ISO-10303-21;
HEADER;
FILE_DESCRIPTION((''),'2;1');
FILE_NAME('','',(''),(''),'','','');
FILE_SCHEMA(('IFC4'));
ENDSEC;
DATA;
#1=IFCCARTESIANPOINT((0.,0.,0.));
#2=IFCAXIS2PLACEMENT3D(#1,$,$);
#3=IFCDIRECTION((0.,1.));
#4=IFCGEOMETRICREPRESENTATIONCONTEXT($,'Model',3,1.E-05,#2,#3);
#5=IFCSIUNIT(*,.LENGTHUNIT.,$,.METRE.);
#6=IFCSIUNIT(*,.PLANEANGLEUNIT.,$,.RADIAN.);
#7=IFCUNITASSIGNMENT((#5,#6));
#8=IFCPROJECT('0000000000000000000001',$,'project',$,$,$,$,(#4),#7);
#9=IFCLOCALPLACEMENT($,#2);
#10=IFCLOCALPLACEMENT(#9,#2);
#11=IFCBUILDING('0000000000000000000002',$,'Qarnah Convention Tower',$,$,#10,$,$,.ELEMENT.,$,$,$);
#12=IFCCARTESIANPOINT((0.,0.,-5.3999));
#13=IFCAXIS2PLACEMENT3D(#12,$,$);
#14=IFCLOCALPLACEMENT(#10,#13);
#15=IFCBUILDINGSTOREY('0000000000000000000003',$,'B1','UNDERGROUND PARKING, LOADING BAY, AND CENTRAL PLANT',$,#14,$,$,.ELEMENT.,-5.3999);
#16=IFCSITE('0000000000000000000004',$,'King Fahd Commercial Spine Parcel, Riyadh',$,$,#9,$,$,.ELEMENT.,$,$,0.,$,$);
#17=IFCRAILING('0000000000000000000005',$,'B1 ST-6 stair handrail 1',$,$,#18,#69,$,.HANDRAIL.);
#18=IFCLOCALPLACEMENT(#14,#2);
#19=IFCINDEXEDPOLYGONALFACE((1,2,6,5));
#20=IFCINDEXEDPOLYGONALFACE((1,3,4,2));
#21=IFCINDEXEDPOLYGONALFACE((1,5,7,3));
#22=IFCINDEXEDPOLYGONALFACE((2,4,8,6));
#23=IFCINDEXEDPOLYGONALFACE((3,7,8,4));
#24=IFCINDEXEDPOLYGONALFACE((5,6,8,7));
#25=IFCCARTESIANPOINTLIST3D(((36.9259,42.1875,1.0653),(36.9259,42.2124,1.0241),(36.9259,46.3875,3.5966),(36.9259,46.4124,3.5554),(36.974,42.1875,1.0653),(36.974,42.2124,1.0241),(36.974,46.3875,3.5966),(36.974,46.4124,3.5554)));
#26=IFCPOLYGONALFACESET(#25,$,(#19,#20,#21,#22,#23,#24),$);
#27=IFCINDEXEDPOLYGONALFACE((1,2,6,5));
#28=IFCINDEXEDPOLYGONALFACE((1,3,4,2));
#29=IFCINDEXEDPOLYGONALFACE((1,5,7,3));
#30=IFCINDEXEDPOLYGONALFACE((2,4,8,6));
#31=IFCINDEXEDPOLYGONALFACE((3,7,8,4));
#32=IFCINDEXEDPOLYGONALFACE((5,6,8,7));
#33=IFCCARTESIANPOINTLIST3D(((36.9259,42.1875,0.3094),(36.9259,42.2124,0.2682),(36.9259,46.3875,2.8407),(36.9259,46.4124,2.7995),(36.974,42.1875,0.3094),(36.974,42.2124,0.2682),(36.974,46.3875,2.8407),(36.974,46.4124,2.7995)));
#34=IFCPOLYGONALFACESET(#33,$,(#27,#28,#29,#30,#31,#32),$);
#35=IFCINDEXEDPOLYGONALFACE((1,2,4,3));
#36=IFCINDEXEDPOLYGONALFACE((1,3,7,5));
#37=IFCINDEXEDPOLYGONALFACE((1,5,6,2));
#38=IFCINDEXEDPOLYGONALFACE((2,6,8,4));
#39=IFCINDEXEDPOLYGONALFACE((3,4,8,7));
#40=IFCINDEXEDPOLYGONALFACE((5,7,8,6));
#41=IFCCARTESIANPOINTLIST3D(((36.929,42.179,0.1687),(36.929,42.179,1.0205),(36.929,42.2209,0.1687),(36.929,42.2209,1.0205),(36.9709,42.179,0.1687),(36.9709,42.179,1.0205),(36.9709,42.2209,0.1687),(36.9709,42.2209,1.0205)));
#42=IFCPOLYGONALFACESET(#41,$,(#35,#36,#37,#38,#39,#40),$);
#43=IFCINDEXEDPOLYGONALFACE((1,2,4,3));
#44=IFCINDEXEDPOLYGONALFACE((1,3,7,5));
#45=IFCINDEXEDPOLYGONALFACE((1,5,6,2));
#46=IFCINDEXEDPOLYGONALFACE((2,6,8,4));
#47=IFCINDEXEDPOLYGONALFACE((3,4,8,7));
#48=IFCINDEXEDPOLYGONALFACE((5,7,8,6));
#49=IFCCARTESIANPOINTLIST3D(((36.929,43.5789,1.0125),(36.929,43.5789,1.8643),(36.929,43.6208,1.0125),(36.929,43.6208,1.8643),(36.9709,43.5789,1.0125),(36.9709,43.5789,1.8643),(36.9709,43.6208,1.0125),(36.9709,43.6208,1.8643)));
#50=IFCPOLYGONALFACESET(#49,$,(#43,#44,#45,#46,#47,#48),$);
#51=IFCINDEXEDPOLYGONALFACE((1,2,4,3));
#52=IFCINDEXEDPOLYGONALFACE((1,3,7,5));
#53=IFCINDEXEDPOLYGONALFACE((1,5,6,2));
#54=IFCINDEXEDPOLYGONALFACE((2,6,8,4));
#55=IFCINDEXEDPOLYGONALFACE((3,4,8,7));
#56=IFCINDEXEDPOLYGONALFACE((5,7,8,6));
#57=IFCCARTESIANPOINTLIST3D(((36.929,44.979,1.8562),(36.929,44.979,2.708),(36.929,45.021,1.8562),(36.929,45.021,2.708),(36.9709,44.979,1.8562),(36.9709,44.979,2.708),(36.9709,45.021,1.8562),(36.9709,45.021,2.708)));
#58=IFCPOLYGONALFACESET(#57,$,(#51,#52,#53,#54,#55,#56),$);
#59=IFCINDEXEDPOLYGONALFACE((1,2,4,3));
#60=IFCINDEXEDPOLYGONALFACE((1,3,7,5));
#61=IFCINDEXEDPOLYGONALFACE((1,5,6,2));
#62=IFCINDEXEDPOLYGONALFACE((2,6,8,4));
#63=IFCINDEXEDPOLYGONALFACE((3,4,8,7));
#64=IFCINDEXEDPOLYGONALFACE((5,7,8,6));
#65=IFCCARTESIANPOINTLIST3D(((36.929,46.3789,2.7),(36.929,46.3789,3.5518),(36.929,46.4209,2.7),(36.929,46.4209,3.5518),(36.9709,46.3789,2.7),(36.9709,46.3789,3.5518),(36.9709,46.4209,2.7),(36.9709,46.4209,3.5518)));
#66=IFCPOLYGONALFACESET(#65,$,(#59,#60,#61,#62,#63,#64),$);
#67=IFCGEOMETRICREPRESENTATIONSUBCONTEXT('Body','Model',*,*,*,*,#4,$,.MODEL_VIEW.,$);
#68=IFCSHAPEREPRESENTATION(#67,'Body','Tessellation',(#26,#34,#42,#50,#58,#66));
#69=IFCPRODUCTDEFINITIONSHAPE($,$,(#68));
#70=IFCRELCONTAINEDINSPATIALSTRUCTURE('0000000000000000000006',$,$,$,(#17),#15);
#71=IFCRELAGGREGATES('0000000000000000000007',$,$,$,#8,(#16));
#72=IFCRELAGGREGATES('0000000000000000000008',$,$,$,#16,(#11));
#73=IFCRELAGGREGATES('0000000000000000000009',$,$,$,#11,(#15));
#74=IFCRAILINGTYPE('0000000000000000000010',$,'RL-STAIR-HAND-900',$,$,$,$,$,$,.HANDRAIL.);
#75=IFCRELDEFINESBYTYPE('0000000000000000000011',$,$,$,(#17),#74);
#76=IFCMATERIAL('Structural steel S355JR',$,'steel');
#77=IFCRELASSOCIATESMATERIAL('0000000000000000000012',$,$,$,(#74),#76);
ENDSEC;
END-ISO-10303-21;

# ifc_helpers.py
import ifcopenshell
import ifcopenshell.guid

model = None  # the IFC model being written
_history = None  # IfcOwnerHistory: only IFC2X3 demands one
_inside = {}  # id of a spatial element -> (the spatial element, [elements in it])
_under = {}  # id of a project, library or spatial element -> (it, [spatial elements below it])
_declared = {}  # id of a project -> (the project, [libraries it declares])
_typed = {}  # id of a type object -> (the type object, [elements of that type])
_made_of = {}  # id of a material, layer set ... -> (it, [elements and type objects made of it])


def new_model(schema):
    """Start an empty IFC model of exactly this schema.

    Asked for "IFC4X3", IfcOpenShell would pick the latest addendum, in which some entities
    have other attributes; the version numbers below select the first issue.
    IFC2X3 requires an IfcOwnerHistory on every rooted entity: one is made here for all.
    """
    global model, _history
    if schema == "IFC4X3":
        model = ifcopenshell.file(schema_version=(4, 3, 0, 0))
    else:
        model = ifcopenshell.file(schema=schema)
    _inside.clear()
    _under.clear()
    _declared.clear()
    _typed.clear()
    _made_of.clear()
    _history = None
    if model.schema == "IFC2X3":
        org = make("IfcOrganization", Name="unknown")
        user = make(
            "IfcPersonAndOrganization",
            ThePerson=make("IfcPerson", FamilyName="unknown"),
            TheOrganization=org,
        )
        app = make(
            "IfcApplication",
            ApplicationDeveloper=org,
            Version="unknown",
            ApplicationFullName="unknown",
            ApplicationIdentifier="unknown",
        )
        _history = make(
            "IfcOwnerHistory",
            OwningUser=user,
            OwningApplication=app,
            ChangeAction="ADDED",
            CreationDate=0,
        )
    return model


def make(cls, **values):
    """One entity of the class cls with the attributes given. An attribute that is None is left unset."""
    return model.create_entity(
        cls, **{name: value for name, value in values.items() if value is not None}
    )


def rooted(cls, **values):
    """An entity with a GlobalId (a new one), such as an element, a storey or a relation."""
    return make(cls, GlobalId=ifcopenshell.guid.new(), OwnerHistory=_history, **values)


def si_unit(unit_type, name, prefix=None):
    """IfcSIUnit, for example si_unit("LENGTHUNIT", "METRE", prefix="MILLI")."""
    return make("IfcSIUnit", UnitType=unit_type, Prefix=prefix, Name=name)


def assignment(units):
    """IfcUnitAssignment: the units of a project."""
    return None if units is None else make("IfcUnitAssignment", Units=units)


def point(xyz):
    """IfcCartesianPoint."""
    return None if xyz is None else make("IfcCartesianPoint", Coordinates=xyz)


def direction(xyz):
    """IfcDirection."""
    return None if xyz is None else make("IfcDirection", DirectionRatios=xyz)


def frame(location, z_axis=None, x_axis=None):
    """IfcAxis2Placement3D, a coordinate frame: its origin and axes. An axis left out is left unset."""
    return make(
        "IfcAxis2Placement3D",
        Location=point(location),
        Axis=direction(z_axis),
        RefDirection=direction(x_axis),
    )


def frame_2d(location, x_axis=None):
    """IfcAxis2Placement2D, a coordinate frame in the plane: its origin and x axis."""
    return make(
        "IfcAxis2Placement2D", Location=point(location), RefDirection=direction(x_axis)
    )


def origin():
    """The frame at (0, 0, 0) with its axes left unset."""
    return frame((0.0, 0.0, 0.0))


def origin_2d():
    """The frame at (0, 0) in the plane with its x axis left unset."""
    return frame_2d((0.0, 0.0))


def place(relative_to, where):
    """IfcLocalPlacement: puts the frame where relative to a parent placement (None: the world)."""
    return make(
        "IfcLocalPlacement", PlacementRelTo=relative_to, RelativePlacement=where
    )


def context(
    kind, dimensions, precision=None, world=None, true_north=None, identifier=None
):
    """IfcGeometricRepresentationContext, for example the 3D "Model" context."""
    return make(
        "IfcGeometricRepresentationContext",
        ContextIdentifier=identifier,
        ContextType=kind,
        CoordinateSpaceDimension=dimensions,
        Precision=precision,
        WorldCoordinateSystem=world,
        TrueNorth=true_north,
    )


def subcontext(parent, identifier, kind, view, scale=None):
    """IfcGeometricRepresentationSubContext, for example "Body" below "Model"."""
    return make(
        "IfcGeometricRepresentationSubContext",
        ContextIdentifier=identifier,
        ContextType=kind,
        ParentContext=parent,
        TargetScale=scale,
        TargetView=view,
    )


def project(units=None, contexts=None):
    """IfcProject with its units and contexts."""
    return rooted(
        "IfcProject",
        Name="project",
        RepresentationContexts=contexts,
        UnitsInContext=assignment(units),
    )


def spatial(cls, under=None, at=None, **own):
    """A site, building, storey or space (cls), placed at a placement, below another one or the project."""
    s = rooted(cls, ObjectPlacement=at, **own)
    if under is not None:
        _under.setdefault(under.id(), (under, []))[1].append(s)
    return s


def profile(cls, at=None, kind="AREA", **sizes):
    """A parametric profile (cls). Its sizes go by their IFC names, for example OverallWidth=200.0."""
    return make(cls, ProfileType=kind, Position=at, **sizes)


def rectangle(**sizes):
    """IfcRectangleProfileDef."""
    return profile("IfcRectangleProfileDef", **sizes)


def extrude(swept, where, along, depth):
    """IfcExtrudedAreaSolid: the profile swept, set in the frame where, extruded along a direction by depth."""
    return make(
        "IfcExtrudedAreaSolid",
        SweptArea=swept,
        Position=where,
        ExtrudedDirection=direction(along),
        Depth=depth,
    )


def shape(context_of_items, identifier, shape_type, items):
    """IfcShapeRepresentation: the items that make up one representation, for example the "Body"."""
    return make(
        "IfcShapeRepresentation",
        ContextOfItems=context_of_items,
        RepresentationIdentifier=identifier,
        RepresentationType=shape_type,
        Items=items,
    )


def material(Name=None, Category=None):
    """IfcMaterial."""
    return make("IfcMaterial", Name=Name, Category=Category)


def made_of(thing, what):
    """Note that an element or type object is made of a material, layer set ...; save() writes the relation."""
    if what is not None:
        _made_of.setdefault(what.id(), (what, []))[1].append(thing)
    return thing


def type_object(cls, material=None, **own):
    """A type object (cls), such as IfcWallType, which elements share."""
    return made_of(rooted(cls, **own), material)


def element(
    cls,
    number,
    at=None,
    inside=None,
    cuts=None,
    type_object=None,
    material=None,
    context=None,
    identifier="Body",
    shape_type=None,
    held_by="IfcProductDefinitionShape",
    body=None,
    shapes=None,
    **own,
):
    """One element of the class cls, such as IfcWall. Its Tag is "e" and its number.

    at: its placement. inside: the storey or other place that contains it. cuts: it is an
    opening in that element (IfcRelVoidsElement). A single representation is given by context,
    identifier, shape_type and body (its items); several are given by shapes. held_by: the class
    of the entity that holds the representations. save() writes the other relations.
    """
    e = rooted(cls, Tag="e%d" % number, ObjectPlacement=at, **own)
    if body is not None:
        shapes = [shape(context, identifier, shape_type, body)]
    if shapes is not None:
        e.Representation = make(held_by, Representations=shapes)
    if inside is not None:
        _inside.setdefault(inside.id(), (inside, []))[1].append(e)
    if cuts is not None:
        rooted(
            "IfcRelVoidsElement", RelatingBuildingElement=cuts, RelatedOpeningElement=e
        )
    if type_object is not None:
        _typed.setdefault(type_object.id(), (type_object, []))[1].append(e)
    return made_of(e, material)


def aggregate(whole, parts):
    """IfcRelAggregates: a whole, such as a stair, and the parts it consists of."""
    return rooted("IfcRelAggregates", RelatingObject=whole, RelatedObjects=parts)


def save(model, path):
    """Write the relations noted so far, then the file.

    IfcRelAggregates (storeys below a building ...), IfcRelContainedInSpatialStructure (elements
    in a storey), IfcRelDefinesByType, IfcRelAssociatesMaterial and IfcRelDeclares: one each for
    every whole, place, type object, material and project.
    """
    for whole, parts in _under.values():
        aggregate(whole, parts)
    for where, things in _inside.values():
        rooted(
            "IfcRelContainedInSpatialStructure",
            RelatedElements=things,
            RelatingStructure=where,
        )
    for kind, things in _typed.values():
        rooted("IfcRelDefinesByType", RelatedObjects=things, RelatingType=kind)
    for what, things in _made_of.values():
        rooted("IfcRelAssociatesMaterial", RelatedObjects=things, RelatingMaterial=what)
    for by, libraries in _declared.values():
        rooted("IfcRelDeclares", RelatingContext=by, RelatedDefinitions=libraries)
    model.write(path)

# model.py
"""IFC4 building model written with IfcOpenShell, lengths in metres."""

from ifc_helpers import new_model, si_unit, direction, frame, origin, origin_2d, place, context, subcontext, project, spatial, rectangle, extrude, material, type_object, element, save


model = new_model("IFC4")

# Units and contexts
model_context = context("Model", 3, precision=1e-05, world=origin(), true_north=direction((0.0, 1.0)))
body_context = subcontext(model_context, "Body", "Model", "MODEL_VIEW")
ifc_project = project(units=[si_unit("LENGTHUNIT", "METRE"), si_unit("PLANEANGLEUNIT", "RADIAN")], contexts=[model_context])

# Site, building, storey
site_placement = place(None, origin())
site = spatial("IfcSite", under=ifc_project, at=site_placement, Name="King Fahd Commercial Spine Parcel, Riyadh", CompositionType="ELEMENT", RefElevation=0.0)
building_placement = place(site_placement, origin())
building = spatial("IfcBuilding", under=site, at=building_placement, Name="Qarnah Convention Tower", CompositionType="ELEMENT")
storey_placement = place(building_placement, frame((0.0, 0.0, -5.3999)))
storey = spatial("IfcBuildingStorey", under=building, at=storey_placement, Name="B1", Description="UNDERGROUND PARKING, LOADING BAY, AND CENTRAL PLANT", CompositionType="ELEMENT", Elevation=-5.3999)

# Shared definitions
ifc_material_1 = material(Name="Structural steel S355JR", Category="steel")

# Railing
railing_type_1 = type_object("IfcRailingType", Name="RL-STAIR-HAND-900", PredefinedType="HANDRAIL", material=ifc_material_1)
railing_1_placement = place(storey_placement, frame((36.95, 42.2, 0.1687)))
element("IfcRailing", 1, at=railing_1_placement, inside=storey, type_object=railing_type_1, Name="B1 ST-6 stair handrail 1", PredefinedType="HANDRAIL", context=body_context, shape_type="SweptSolid", body=[
    extrude(rectangle(XDim=0.0481, YDim=0.0481, at=origin_2d()), frame((0.0, 0.0, 0.876), z_axis=(0.0, 0.856476, 0.516186), x_axis=(-1.0, 0.0, 0.0)), (0.0, 0.0, 1.0), 4.9038),
    extrude(rectangle(XDim=0.0481, YDim=0.0481, at=origin_2d()), frame((0.0, 0.0, 0.1201), z_axis=(0.0, 0.856476, 0.516186), x_axis=(-1.0, 0.0, 0.0)), (0.0, 0.0, 1.0), 4.9038),
    extrude(rectangle(XDim=0.042, YDim=0.042, at=origin_2d()), origin(), (0.0, 0.0, 1.0), 0.8518),
    extrude(rectangle(XDim=0.042, YDim=0.042, at=origin_2d()), frame((0.0, 1.3999, 0.8438)), (0.0, 0.0, 1.0), 0.8518),
    extrude(rectangle(XDim=0.042, YDim=0.042, at=origin_2d()), frame((0.0, 2.8, 1.6875)), (0.0, 0.0, 1.0), 0.8518),
    extrude(rectangle(XDim=0.042, YDim=0.042, at=origin_2d()), frame((0.0, 4.2, 2.5312)), (0.0, 0.0, 1.0), 0.8518),
])

save(model, "model.ifc")
